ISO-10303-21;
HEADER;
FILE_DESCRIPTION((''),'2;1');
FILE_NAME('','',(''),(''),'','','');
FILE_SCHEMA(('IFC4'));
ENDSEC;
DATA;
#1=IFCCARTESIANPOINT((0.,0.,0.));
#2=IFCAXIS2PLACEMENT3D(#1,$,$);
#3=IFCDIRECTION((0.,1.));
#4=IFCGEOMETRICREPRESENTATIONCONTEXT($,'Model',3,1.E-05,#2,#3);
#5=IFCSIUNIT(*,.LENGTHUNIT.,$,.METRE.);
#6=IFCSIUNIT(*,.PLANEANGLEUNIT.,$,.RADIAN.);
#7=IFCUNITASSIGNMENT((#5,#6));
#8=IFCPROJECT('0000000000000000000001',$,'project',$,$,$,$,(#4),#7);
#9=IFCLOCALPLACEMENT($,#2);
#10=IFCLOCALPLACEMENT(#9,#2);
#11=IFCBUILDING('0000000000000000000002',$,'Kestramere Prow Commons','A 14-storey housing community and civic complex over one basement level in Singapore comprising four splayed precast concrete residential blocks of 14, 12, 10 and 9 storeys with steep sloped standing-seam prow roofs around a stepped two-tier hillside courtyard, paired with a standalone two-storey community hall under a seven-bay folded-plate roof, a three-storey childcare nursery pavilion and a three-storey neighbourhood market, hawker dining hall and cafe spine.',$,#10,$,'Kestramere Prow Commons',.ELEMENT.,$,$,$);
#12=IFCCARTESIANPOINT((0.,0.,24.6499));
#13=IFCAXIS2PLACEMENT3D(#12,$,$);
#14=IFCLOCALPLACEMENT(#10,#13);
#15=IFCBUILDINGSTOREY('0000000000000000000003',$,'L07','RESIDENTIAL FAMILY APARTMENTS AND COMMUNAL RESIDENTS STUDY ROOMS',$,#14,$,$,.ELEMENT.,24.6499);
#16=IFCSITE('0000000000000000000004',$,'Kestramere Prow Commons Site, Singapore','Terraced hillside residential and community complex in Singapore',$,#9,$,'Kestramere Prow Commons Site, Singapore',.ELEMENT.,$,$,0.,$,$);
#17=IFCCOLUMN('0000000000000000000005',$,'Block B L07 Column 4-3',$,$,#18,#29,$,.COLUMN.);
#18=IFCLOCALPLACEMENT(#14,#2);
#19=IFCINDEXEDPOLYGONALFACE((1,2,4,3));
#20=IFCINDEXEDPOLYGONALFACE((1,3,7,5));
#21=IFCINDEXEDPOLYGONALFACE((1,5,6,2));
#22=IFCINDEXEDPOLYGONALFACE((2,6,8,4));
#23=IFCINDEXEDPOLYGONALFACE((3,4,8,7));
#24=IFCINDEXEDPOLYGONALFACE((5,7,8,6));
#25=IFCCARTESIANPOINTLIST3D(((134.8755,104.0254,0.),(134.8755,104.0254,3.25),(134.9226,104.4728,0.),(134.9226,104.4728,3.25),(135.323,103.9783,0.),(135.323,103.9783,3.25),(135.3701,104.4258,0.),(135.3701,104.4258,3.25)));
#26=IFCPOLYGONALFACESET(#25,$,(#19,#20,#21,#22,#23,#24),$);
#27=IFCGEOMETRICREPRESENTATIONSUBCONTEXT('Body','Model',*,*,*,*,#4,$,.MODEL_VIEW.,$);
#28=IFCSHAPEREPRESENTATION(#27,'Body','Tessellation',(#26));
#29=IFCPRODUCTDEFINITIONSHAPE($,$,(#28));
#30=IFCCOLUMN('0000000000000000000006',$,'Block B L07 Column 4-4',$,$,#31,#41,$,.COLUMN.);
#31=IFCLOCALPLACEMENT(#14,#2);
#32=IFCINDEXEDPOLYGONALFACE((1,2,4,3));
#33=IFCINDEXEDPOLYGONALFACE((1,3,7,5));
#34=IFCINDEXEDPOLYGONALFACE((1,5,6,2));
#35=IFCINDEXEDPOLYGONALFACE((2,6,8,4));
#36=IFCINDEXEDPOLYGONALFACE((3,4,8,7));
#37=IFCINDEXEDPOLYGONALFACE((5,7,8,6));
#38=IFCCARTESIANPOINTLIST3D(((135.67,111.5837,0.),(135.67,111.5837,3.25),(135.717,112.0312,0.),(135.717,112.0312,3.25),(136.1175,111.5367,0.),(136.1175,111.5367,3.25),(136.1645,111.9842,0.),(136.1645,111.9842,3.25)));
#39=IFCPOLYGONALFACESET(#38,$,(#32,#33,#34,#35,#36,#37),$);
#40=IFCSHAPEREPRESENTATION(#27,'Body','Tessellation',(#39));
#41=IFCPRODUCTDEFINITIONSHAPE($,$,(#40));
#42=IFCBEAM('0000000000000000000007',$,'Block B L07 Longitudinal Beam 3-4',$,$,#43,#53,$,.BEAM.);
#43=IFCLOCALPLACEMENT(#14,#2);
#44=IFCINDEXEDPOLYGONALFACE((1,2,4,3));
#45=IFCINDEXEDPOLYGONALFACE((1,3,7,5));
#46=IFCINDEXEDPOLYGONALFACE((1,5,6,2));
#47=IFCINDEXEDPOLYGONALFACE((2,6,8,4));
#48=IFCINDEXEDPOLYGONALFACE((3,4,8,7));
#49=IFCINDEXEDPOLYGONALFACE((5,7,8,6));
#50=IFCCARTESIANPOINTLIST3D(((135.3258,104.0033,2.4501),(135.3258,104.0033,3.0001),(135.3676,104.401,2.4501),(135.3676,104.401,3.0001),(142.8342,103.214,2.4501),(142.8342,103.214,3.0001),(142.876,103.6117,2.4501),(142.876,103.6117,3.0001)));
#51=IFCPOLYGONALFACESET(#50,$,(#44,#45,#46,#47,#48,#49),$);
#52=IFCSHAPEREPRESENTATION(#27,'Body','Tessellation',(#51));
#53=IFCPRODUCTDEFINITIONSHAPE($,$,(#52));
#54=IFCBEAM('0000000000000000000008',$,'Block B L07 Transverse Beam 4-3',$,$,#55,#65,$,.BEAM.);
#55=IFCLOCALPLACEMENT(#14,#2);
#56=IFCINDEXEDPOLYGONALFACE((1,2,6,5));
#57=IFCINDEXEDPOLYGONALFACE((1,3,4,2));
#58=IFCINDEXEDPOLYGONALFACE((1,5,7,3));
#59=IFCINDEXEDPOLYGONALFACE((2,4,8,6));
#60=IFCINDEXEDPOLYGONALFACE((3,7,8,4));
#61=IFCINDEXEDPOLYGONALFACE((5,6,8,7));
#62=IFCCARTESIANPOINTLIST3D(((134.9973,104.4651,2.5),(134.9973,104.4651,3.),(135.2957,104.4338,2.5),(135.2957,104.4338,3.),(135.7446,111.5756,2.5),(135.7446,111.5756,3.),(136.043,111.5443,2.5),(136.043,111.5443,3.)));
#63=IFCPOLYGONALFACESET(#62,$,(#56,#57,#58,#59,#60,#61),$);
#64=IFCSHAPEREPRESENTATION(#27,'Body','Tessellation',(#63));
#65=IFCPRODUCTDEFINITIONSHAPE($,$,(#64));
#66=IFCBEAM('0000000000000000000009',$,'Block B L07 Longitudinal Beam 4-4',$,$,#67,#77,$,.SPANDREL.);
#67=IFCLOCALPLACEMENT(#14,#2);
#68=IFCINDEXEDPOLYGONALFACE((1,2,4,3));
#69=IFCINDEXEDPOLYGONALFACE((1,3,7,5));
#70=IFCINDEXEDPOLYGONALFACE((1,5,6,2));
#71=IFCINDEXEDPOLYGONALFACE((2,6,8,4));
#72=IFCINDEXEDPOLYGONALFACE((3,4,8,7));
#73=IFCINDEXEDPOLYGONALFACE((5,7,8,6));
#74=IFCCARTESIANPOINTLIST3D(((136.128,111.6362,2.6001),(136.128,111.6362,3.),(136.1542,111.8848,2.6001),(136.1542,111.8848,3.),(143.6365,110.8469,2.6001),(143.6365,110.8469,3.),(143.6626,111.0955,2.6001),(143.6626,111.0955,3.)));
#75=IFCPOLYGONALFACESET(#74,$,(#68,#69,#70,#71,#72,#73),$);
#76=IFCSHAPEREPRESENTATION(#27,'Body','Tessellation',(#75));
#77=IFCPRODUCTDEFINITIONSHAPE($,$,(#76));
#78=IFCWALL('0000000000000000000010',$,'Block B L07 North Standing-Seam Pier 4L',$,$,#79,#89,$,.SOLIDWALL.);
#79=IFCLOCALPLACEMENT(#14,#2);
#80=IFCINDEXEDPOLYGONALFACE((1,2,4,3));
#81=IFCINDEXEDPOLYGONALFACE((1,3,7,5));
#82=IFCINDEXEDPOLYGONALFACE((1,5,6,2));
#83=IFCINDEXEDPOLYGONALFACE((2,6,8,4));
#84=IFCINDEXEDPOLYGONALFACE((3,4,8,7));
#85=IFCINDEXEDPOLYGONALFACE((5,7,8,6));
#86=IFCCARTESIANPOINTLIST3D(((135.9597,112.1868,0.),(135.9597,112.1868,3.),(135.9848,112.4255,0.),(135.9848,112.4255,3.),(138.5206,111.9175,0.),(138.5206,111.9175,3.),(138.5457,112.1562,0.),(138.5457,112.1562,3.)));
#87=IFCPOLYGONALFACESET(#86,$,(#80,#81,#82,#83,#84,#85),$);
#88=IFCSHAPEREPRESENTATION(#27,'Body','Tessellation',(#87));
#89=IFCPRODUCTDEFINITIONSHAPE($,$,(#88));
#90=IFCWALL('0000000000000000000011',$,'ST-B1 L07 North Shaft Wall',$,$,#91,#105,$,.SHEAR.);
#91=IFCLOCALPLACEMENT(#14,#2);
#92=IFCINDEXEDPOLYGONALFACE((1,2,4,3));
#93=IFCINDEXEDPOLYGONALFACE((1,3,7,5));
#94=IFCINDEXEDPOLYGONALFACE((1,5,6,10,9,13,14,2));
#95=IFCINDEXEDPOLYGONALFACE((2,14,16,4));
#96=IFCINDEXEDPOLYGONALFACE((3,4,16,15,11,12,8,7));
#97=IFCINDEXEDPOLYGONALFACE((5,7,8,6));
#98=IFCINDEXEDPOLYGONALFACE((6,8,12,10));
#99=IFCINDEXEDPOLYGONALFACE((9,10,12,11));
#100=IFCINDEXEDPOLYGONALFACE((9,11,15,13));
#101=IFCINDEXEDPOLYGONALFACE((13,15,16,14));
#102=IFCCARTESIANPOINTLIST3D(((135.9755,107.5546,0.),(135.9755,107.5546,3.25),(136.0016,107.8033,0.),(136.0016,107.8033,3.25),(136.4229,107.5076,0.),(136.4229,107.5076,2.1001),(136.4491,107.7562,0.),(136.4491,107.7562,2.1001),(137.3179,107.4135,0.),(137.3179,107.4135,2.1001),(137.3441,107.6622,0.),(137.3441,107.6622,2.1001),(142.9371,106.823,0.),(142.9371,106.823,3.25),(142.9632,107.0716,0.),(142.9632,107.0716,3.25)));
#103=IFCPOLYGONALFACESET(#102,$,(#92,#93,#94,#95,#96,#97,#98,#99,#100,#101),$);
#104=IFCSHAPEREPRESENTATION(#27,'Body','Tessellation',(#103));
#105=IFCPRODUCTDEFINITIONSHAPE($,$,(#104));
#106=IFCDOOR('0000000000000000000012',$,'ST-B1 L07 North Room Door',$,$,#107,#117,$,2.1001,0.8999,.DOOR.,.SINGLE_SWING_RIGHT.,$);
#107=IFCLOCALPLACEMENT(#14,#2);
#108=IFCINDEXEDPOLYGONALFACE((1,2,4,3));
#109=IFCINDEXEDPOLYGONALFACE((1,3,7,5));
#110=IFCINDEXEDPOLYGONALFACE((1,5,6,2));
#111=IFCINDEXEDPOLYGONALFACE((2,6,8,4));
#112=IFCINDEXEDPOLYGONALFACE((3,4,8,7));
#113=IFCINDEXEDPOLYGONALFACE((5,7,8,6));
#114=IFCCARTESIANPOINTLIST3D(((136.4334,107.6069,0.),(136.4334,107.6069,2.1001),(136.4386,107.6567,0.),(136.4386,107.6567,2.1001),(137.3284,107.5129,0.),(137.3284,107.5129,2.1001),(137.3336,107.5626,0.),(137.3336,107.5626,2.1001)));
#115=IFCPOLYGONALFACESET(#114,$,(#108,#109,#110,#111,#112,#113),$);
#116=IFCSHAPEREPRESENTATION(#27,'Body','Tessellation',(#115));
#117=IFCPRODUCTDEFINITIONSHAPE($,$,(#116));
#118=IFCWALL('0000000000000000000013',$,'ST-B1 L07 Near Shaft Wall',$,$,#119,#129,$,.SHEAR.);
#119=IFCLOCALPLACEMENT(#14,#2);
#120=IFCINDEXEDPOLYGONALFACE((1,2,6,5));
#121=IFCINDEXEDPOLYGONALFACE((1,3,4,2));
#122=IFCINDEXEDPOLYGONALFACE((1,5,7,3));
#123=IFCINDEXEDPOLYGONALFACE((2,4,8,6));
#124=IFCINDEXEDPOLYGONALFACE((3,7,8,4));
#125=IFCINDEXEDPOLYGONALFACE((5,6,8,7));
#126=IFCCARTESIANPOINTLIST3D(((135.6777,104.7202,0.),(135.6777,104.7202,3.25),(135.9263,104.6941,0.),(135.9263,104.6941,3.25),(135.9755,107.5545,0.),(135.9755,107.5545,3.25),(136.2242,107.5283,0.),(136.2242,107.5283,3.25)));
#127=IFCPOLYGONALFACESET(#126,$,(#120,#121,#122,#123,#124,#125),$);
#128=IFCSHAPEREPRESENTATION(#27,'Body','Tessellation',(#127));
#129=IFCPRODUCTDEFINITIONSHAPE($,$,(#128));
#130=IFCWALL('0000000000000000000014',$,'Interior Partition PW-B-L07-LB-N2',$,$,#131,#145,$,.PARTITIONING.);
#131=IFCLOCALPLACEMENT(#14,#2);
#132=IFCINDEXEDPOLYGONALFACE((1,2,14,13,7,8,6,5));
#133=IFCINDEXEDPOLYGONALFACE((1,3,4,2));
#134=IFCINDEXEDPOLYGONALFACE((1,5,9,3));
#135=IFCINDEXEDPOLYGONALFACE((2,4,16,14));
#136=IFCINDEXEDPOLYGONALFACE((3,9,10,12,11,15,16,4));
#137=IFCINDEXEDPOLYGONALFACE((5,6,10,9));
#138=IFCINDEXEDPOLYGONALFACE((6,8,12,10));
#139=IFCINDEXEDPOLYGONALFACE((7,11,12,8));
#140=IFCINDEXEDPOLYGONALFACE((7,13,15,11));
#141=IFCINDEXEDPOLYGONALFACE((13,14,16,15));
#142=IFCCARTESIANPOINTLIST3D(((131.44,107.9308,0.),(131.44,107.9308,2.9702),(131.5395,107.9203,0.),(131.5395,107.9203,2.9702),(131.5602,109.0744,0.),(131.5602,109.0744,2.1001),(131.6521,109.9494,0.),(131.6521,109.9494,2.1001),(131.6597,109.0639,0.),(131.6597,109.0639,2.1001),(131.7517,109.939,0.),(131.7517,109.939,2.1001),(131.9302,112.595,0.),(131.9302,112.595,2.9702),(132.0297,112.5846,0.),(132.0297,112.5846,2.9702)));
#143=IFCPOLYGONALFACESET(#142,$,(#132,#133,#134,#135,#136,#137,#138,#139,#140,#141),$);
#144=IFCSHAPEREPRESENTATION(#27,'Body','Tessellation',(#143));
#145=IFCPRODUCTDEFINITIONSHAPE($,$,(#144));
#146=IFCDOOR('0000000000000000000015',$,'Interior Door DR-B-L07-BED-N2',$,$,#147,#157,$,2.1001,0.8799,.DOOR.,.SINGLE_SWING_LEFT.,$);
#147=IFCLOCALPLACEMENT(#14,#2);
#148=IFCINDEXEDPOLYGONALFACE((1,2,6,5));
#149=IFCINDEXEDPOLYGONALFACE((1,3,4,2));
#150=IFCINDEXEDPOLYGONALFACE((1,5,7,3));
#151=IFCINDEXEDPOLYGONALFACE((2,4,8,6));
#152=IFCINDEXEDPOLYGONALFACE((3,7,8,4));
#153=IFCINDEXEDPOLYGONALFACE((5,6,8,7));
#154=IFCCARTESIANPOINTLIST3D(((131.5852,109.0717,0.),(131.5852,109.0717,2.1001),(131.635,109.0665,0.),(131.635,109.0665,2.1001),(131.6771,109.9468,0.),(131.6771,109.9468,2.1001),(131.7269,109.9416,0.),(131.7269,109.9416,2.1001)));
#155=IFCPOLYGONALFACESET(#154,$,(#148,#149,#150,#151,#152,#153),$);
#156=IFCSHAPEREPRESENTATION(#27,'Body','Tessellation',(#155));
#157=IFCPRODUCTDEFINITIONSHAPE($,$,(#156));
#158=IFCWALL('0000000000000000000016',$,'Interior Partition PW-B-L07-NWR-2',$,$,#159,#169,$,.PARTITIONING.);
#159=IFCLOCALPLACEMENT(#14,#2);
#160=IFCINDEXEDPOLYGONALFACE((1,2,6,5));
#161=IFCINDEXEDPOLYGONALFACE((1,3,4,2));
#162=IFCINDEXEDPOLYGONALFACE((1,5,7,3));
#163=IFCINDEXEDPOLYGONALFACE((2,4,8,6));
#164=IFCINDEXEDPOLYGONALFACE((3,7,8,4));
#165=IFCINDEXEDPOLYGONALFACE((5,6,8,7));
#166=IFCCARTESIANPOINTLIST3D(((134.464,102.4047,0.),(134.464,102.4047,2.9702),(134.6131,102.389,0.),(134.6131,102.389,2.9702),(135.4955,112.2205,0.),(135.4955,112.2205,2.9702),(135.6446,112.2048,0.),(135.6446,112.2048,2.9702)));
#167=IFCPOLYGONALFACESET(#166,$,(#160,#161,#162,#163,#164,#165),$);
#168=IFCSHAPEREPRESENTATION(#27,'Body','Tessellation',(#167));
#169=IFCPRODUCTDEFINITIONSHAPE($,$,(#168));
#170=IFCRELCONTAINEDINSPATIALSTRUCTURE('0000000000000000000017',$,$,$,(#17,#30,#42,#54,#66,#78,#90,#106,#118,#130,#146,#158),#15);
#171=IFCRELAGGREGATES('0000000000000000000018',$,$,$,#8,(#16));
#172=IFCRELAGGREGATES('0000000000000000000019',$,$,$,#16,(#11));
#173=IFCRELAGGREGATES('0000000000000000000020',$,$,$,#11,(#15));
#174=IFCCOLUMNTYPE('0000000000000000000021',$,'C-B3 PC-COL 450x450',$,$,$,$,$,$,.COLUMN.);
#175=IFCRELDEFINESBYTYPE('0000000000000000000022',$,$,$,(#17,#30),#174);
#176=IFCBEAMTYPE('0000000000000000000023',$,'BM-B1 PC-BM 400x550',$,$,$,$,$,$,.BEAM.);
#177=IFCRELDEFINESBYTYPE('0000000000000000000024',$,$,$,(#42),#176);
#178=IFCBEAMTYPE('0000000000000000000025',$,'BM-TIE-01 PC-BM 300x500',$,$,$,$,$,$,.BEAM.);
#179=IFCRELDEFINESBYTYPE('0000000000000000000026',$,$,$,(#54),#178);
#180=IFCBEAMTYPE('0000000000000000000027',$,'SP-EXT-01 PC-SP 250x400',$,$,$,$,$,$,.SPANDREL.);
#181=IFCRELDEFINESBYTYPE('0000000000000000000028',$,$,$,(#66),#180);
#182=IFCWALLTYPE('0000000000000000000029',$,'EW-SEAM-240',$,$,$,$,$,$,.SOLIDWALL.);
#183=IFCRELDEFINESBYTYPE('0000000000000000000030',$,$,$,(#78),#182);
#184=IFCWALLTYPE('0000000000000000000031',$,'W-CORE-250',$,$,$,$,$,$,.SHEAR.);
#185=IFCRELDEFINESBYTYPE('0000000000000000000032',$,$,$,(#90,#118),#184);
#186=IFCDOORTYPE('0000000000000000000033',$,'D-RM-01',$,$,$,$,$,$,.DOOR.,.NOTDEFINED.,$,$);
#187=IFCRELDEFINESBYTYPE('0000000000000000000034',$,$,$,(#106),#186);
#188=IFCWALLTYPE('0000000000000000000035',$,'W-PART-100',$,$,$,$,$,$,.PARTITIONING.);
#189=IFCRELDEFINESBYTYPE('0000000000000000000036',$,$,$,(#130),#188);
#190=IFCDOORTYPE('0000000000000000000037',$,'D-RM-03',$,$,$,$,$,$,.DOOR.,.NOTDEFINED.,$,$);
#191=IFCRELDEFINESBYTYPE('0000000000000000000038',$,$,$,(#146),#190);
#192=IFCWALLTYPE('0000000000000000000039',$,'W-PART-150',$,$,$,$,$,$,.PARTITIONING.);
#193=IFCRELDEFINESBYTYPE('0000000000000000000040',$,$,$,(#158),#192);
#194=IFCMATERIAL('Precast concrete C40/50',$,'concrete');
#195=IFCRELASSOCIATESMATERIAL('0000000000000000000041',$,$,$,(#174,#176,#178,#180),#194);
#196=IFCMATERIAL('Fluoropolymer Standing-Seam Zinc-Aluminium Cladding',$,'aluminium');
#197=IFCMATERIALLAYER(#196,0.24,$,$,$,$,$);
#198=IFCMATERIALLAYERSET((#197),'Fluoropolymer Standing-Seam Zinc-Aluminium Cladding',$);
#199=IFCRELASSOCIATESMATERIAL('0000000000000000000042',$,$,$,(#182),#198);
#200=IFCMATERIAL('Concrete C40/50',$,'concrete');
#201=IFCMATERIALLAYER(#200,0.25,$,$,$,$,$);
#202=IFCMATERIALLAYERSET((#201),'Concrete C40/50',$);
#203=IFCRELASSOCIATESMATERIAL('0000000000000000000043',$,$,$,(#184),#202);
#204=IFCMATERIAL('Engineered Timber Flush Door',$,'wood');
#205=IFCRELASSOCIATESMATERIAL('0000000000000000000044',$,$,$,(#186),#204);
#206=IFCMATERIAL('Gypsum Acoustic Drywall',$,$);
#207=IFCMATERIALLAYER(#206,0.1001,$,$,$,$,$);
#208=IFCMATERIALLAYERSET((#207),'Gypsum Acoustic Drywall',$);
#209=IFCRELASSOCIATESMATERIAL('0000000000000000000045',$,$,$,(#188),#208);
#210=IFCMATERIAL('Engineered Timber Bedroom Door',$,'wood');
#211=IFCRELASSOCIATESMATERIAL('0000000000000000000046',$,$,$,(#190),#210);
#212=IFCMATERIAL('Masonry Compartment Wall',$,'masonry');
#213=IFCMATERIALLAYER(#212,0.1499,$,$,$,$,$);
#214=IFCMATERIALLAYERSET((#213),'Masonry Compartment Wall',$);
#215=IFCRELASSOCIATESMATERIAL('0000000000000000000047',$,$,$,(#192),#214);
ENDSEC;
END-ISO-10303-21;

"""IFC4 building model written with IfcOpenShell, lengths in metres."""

from ifc_helpers import new_model, si_unit, direction, frame, frame_2d, origin, origin_2d, place, context, subcontext, project, spatial, rectangle, extrude, material, layer, layer_set, material_profile, profile_set, type_object, element, fill, save


model = new_model("IFC4")

# Units and contexts
model_context = context("Model", 3, precision=1e-05, world=origin(), true_north=direction((0.0, 1.0)))
body_context = subcontext(model_context, "Body", "Model", "MODEL_VIEW")
ifc_project = project(units=[si_unit("LENGTHUNIT", "METRE"), si_unit("PLANEANGLEUNIT", "RADIAN")], contexts=[model_context])

# Site, building, storey
site_placement = place(None, origin())
site = spatial("IfcSite", under=ifc_project, at=site_placement, Name="Kestramere Prow Commons Site, Singapore", Description="Terraced hillside residential and community complex in Singapore", LongName="Kestramere Prow Commons Site, Singapore", CompositionType="ELEMENT", RefElevation=0.0)
building_placement = place(site_placement, origin())
building = spatial("IfcBuilding", under=site, at=building_placement, Name="Kestramere Prow Commons", Description="A 14-storey housing community and civic complex over one basement level in Singapore comprising four splayed precast concrete residential blocks of 14, 12, 10 and 9 storeys with steep sloped standing-seam prow roofs around a stepped two-tier hillside courtyard, paired with a standalone two-storey community hall under a seven-bay folded-plate roof, a three-storey childcare nursery pavilion and a three-storey neighbourhood market, hawker dining hall and cafe spine.", LongName="Kestramere Prow Commons", CompositionType="ELEMENT")
storey_placement = place(building_placement, frame((0.0, 0.0, 24.6499)))
storey = spatial("IfcBuildingStorey", under=building, at=storey_placement, Name="L07", Description="RESIDENTIAL FAMILY APARTMENTS AND COMMUNAL RESIDENTS STUDY ROOMS", CompositionType="ELEMENT", Elevation=24.6499)

# Columns
ifc_material_1 = material(Name="Precast concrete C40/50", Category="concrete")
ifc_material_profile_1 = material_profile(ifc_material_1, rectangle(XDim=0.45, YDim=0.45, at=origin_2d()), Name="PC-COL 450x450")
ifc_profile_set_1 = profile_set([ifc_material_profile_1], Name="Precast concrete C40/50")
column_type = type_object("IfcColumnType", Name="C-B3 PC-COL 450x450", PredefinedType="COLUMN", material=ifc_profile_set_1)
for number, where, z_axis, x_axis, name in (
    (1, (135.1228, 104.2256, 0.0), (0.0, 0.0, 1.0), (0.994522, -0.104528, 0.0), "Block B L07 Column 4-3"),
    (2, (135.9172, 111.7839, 0.0), (0.0, 0.0, 1.0), (0.994522, -0.104528, 0.0), "Block B L07 Column 4-4"),
):
    element("IfcColumn", number, at=place(storey_placement, frame(where, z_axis=z_axis, x_axis=x_axis)), inside=storey, type_object=column_type, Name=name, PredefinedType="COLUMN", context=body_context, shape_type="SweptSolid", body=[
        extrude(rectangle(XDim=0.45, YDim=0.45, at=origin_2d()), origin(), (0.0, 0.0, 1.0), 3.25),
    ])

# Beams
ifc_material_profile_2 = material_profile(ifc_material_1, rectangle(XDim=0.3999, YDim=0.55, at=origin_2d()), Name="PC-BM 400x550")
ifc_profile_set_2 = profile_set([ifc_material_profile_2], Name="Precast concrete C40/50")
beam_type_1 = type_object("IfcBeamType", Name="BM-B1 PC-BM 400x550", PredefinedType="BEAM", material=ifc_profile_set_2)
beam_1_placement = place(storey_placement, frame((135.3467, 104.2021, 2.7251), z_axis=(0.99452, -0.104545, 0.0), x_axis=(0.104545, 0.99452, 0.0)))
element("IfcBeam", 3, at=beam_1_placement, inside=storey, type_object=beam_type_1, Name="Block B L07 Longitudinal Beam 3-4", PredefinedType="BEAM", context=body_context, shape_type="SweptSolid", body=[
    extrude(rectangle(XDim=0.3999, YDim=0.55, at=origin_2d()), origin(), (0.0, 0.0, 1.0), 7.5498),
])
ifc_material_profile_3 = material_profile(ifc_material_1, rectangle(XDim=0.3, YDim=0.5, at=origin_2d()), Name="PC-BM 300x500")
ifc_profile_set_3 = profile_set([ifc_material_profile_3], Name="Precast concrete C40/50")
beam_type_2 = type_object("IfcBeamType", Name="BM-TIE-01 PC-BM 300x500", PredefinedType="BEAM", material=ifc_profile_set_3)
beam_2_placement = place(storey_placement, frame((135.1465, 104.4495, 2.75), z_axis=(0.104523, 0.994522, 0.0), x_axis=(-0.994522, 0.104523, 0.0)))
element("IfcBeam", 4, at=beam_2_placement, inside=storey, type_object=beam_type_2, Name="Block B L07 Transverse Beam 4-3", PredefinedType="BEAM", context=body_context, shape_type="SweptSolid", body=[
    extrude(rectangle(XDim=0.3, YDim=0.5, at=origin_2d()), origin(), (0.0, 0.0, 1.0), 7.1497),
])
ifc_material_profile_4 = material_profile(ifc_material_1, rectangle(XDim=0.25, YDim=0.3999, at=origin_2d()), Name="PC-SP 250x400")
ifc_profile_set_4 = profile_set([ifc_material_profile_4], Name="Precast concrete C40/50")
beam_type_3 = type_object("IfcBeamType", Name="SP-EXT-01 PC-SP 250x400", PredefinedType="SPANDREL", material=ifc_profile_set_4)
beam_3_placement = place(storey_placement, frame((136.1411, 111.7605, 2.8), z_axis=(0.99452, -0.104545, 0.0), x_axis=(0.104545, 0.99452, 0.0)))
element("IfcBeam", 5, at=beam_3_placement, inside=storey, type_object=beam_type_3, Name="Block B L07 Longitudinal Beam 4-4", PredefinedType="SPANDREL", context=body_context, shape_type="SweptSolid", body=[
    extrude(rectangle(XDim=0.25, YDim=0.3999, at=origin_2d()), origin(), (0.0, 0.0, 1.0), 7.5498),
])

# Wall
ifc_material_2 = material(Name="Fluoropolymer Standing-Seam Zinc-Aluminium Cladding", Category="aluminium")
ifc_layer_1 = layer(ifc_material_2, 0.24)
ifc_layer_set_1 = layer_set([ifc_layer_1], Name="Fluoropolymer Standing-Seam Zinc-Aluminium Cladding")
wall_type_1 = type_object("IfcWallType", Name="EW-SEAM-240", PredefinedType="SOLIDWALL", material=ifc_layer_set_1)
wall_1_placement = place(storey_placement, frame((135.9722, 112.3062, 0.0), z_axis=(0.0, 0.0, 1.0), x_axis=(0.994516, -0.104581, 0.0)))
element("IfcWall", 6, at=wall_1_placement, inside=storey, type_object=wall_type_1, Name="Block B L07 North Standing-Seam Pier 4L", PredefinedType="SOLIDWALL", context=body_context, shape_type="SweptSolid", body=[
    extrude(rectangle(XDim=2.575, YDim=0.24, at=frame_2d((1.2876, 0.0))), origin(), (0.0, 0.0, 1.0), 3.0),
])

# Wall, opening, door
ifc_material_3 = material(Name="Concrete C40/50", Category="concrete")
ifc_layer_2 = layer(ifc_material_3, 0.25)
ifc_layer_set_2 = layer_set([ifc_layer_2], Name="Concrete C40/50")
wall_type_2 = type_object("IfcWallType", Name="W-CORE-250", PredefinedType="SHEAR", material=ifc_layer_set_2)
wall_2_placement = place(storey_placement, frame((135.9885, 107.679, 0.0), z_axis=(0.0, 0.0, 1.0), x_axis=(0.994522, -0.104527, 0.0)))
wall_2 = element("IfcWall", 7, at=wall_2_placement, inside=storey, type_object=wall_type_2, Name="ST-B1 L07 North Shaft Wall", PredefinedType="SHEAR", context=body_context, shape_type="SweptSolid", body=[
    extrude(rectangle(XDim=7.0, YDim=0.25, at=frame_2d((3.5, 0.0))), origin(), (0.0, 0.0, 1.0), 3.25),
])
opening_1_placement = place(wall_2_placement, frame((0.45, 0.0, 0.0)))
opening_1 = element("IfcOpeningElement", 8, at=opening_1_placement, cuts=wall_2, PredefinedType="OPENING", context=body_context, shape_type="SweptSolid", body=[
    extrude(rectangle(XDim=0.8999, YDim=2.1001, at=frame_2d((0.45, 1.05))), frame((0.0, 0.1399, 0.0), z_axis=(0.0, -1.0, 0.0), x_axis=(1.0, 0.0, 0.0)), (0.0, 0.0, 1.0), 0.28),
])
ifc_material_4 = material(Name="Engineered Timber Flush Door", Category="wood")
door_type_1 = type_object("IfcDoorType", Name="D-RM-01", OperationType="NOTDEFINED", PredefinedType="DOOR", material=ifc_material_4)
door_1_placement = place(opening_1_placement, origin())
door_1 = element("IfcDoor", 9, at=door_1_placement, inside=storey, type_object=door_type_1, Name="ST-B1 L07 North Room Door", OperationType="SINGLE_SWING_RIGHT", OverallHeight=2.1001, OverallWidth=0.8999, PredefinedType="DOOR", context=body_context, shape_type="SweptSolid", body=[
    extrude(rectangle(XDim=0.8999, YDim=2.1001, at=frame_2d((0.45, 1.05))), frame((0.0, 0.0249, 0.0), z_axis=(0.0, -1.0, 0.0), x_axis=(1.0, 0.0, 0.0)), (0.0, 0.0, 1.0), 0.05),
])
fill(opening_1, door_1)

# Wall
wall_3_placement = place(storey_placement, frame((135.802, 104.7073, 0.0), z_axis=(0.0, 0.0, 1.0), x_axis=(0.104515, 0.994523, 0.0)))
element("IfcWall", 10, at=wall_3_placement, inside=storey, type_object=wall_type_2, Name="ST-B1 L07 Near Shaft Wall", PredefinedType="SHEAR", context=body_context, shape_type="SweptSolid", body=[
    extrude(rectangle(XDim=2.8499, YDim=0.25, at=frame_2d((1.4248, 0.0))), origin(), (0.0, 0.0, 1.0), 3.25),
])

# Wall, opening, door
ifc_material_5 = material(Name="Gypsum Acoustic Drywall")
ifc_layer_3 = layer(ifc_material_5, 0.1001)
ifc_layer_set_3 = layer_set([ifc_layer_3], Name="Gypsum Acoustic Drywall")
wall_type_3 = type_object("IfcWallType", Name="W-PART-100", PredefinedType="PARTITIONING", material=ifc_layer_set_3)
wall_4_placement = place(storey_placement, frame((131.4897, 107.9255, 0.0), z_axis=(0.0, 0.0, 1.0), x_axis=(0.104528, 0.994522, 0.0)))
wall_4 = element("IfcWall", 11, at=wall_4_placement, inside=storey, type_object=wall_type_3, Name="Interior Partition PW-B-L07-LB-N2", PredefinedType="PARTITIONING", context=body_context, shape_type="SweptSolid", body=[
    extrude(rectangle(XDim=4.6899, YDim=0.1001, at=frame_2d((2.345, 0.0))), origin(), (0.0, 0.0, 1.0), 2.9702),
])
opening_2_placement = place(wall_4_placement, frame((1.1499, 0.0, 0.0)))
opening_2 = element("IfcOpeningElement", 12, at=opening_2_placement, cuts=wall_4, PredefinedType="OPENING", context=body_context, shape_type="SweptSolid", body=[
    extrude(rectangle(XDim=0.8799, YDim=2.1001, at=frame_2d((0.4399, 1.05))), frame((0.0, 0.0649, 0.0), z_axis=(0.0, -1.0, 0.0), x_axis=(1.0, 0.0, 0.0)), (0.0, 0.0, 1.0), 0.1301),
])
ifc_material_6 = material(Name="Engineered Timber Bedroom Door", Category="wood")
door_type_2 = type_object("IfcDoorType", Name="D-RM-03", OperationType="NOTDEFINED", PredefinedType="DOOR", material=ifc_material_6)
door_2_placement = place(opening_2_placement, origin())
door_2 = element("IfcDoor", 13, at=door_2_placement, inside=storey, type_object=door_type_2, Name="Interior Door DR-B-L07-BED-N2", OperationType="SINGLE_SWING_LEFT", OverallHeight=2.1001, OverallWidth=0.8799, PredefinedType="DOOR", context=body_context, shape_type="SweptSolid", body=[
    extrude(rectangle(XDim=0.8799, YDim=2.1001, at=frame_2d((0.4399, 1.05))), frame((0.0, 0.0249, 0.0), z_axis=(0.0, -1.0, 0.0), x_axis=(1.0, 0.0, 0.0)), (0.0, 0.0, 1.0), 0.05),
])
fill(opening_2, door_2)

# Wall
ifc_material_7 = material(Name="Masonry Compartment Wall", Category="masonry")
ifc_layer_4 = layer(ifc_material_7, 0.1499)
ifc_layer_set_4 = layer_set([ifc_layer_4], Name="Masonry Compartment Wall")
wall_type_4 = type_object("IfcWallType", Name="W-PART-150", PredefinedType="PARTITIONING", material=ifc_layer_set_4)
wall_5_placement = place(storey_placement, frame((134.5386, 102.3967, 0.0), z_axis=(0.0, 0.0, 1.0), x_axis=(0.104508, 0.994524, 0.0)))
element("IfcWall", 14, at=wall_5_placement, inside=storey, type_object=wall_type_4, Name="Interior Partition PW-B-L07-NWR-2", PredefinedType="PARTITIONING", context=body_context, shape_type="SweptSolid", body=[
    extrude(rectangle(XDim=9.8699, YDim=0.1499, at=frame_2d((4.9351, 0.0))), origin(), (0.0, 0.0, 1.0), 2.9702),
])

save(model, "model.ifc")
